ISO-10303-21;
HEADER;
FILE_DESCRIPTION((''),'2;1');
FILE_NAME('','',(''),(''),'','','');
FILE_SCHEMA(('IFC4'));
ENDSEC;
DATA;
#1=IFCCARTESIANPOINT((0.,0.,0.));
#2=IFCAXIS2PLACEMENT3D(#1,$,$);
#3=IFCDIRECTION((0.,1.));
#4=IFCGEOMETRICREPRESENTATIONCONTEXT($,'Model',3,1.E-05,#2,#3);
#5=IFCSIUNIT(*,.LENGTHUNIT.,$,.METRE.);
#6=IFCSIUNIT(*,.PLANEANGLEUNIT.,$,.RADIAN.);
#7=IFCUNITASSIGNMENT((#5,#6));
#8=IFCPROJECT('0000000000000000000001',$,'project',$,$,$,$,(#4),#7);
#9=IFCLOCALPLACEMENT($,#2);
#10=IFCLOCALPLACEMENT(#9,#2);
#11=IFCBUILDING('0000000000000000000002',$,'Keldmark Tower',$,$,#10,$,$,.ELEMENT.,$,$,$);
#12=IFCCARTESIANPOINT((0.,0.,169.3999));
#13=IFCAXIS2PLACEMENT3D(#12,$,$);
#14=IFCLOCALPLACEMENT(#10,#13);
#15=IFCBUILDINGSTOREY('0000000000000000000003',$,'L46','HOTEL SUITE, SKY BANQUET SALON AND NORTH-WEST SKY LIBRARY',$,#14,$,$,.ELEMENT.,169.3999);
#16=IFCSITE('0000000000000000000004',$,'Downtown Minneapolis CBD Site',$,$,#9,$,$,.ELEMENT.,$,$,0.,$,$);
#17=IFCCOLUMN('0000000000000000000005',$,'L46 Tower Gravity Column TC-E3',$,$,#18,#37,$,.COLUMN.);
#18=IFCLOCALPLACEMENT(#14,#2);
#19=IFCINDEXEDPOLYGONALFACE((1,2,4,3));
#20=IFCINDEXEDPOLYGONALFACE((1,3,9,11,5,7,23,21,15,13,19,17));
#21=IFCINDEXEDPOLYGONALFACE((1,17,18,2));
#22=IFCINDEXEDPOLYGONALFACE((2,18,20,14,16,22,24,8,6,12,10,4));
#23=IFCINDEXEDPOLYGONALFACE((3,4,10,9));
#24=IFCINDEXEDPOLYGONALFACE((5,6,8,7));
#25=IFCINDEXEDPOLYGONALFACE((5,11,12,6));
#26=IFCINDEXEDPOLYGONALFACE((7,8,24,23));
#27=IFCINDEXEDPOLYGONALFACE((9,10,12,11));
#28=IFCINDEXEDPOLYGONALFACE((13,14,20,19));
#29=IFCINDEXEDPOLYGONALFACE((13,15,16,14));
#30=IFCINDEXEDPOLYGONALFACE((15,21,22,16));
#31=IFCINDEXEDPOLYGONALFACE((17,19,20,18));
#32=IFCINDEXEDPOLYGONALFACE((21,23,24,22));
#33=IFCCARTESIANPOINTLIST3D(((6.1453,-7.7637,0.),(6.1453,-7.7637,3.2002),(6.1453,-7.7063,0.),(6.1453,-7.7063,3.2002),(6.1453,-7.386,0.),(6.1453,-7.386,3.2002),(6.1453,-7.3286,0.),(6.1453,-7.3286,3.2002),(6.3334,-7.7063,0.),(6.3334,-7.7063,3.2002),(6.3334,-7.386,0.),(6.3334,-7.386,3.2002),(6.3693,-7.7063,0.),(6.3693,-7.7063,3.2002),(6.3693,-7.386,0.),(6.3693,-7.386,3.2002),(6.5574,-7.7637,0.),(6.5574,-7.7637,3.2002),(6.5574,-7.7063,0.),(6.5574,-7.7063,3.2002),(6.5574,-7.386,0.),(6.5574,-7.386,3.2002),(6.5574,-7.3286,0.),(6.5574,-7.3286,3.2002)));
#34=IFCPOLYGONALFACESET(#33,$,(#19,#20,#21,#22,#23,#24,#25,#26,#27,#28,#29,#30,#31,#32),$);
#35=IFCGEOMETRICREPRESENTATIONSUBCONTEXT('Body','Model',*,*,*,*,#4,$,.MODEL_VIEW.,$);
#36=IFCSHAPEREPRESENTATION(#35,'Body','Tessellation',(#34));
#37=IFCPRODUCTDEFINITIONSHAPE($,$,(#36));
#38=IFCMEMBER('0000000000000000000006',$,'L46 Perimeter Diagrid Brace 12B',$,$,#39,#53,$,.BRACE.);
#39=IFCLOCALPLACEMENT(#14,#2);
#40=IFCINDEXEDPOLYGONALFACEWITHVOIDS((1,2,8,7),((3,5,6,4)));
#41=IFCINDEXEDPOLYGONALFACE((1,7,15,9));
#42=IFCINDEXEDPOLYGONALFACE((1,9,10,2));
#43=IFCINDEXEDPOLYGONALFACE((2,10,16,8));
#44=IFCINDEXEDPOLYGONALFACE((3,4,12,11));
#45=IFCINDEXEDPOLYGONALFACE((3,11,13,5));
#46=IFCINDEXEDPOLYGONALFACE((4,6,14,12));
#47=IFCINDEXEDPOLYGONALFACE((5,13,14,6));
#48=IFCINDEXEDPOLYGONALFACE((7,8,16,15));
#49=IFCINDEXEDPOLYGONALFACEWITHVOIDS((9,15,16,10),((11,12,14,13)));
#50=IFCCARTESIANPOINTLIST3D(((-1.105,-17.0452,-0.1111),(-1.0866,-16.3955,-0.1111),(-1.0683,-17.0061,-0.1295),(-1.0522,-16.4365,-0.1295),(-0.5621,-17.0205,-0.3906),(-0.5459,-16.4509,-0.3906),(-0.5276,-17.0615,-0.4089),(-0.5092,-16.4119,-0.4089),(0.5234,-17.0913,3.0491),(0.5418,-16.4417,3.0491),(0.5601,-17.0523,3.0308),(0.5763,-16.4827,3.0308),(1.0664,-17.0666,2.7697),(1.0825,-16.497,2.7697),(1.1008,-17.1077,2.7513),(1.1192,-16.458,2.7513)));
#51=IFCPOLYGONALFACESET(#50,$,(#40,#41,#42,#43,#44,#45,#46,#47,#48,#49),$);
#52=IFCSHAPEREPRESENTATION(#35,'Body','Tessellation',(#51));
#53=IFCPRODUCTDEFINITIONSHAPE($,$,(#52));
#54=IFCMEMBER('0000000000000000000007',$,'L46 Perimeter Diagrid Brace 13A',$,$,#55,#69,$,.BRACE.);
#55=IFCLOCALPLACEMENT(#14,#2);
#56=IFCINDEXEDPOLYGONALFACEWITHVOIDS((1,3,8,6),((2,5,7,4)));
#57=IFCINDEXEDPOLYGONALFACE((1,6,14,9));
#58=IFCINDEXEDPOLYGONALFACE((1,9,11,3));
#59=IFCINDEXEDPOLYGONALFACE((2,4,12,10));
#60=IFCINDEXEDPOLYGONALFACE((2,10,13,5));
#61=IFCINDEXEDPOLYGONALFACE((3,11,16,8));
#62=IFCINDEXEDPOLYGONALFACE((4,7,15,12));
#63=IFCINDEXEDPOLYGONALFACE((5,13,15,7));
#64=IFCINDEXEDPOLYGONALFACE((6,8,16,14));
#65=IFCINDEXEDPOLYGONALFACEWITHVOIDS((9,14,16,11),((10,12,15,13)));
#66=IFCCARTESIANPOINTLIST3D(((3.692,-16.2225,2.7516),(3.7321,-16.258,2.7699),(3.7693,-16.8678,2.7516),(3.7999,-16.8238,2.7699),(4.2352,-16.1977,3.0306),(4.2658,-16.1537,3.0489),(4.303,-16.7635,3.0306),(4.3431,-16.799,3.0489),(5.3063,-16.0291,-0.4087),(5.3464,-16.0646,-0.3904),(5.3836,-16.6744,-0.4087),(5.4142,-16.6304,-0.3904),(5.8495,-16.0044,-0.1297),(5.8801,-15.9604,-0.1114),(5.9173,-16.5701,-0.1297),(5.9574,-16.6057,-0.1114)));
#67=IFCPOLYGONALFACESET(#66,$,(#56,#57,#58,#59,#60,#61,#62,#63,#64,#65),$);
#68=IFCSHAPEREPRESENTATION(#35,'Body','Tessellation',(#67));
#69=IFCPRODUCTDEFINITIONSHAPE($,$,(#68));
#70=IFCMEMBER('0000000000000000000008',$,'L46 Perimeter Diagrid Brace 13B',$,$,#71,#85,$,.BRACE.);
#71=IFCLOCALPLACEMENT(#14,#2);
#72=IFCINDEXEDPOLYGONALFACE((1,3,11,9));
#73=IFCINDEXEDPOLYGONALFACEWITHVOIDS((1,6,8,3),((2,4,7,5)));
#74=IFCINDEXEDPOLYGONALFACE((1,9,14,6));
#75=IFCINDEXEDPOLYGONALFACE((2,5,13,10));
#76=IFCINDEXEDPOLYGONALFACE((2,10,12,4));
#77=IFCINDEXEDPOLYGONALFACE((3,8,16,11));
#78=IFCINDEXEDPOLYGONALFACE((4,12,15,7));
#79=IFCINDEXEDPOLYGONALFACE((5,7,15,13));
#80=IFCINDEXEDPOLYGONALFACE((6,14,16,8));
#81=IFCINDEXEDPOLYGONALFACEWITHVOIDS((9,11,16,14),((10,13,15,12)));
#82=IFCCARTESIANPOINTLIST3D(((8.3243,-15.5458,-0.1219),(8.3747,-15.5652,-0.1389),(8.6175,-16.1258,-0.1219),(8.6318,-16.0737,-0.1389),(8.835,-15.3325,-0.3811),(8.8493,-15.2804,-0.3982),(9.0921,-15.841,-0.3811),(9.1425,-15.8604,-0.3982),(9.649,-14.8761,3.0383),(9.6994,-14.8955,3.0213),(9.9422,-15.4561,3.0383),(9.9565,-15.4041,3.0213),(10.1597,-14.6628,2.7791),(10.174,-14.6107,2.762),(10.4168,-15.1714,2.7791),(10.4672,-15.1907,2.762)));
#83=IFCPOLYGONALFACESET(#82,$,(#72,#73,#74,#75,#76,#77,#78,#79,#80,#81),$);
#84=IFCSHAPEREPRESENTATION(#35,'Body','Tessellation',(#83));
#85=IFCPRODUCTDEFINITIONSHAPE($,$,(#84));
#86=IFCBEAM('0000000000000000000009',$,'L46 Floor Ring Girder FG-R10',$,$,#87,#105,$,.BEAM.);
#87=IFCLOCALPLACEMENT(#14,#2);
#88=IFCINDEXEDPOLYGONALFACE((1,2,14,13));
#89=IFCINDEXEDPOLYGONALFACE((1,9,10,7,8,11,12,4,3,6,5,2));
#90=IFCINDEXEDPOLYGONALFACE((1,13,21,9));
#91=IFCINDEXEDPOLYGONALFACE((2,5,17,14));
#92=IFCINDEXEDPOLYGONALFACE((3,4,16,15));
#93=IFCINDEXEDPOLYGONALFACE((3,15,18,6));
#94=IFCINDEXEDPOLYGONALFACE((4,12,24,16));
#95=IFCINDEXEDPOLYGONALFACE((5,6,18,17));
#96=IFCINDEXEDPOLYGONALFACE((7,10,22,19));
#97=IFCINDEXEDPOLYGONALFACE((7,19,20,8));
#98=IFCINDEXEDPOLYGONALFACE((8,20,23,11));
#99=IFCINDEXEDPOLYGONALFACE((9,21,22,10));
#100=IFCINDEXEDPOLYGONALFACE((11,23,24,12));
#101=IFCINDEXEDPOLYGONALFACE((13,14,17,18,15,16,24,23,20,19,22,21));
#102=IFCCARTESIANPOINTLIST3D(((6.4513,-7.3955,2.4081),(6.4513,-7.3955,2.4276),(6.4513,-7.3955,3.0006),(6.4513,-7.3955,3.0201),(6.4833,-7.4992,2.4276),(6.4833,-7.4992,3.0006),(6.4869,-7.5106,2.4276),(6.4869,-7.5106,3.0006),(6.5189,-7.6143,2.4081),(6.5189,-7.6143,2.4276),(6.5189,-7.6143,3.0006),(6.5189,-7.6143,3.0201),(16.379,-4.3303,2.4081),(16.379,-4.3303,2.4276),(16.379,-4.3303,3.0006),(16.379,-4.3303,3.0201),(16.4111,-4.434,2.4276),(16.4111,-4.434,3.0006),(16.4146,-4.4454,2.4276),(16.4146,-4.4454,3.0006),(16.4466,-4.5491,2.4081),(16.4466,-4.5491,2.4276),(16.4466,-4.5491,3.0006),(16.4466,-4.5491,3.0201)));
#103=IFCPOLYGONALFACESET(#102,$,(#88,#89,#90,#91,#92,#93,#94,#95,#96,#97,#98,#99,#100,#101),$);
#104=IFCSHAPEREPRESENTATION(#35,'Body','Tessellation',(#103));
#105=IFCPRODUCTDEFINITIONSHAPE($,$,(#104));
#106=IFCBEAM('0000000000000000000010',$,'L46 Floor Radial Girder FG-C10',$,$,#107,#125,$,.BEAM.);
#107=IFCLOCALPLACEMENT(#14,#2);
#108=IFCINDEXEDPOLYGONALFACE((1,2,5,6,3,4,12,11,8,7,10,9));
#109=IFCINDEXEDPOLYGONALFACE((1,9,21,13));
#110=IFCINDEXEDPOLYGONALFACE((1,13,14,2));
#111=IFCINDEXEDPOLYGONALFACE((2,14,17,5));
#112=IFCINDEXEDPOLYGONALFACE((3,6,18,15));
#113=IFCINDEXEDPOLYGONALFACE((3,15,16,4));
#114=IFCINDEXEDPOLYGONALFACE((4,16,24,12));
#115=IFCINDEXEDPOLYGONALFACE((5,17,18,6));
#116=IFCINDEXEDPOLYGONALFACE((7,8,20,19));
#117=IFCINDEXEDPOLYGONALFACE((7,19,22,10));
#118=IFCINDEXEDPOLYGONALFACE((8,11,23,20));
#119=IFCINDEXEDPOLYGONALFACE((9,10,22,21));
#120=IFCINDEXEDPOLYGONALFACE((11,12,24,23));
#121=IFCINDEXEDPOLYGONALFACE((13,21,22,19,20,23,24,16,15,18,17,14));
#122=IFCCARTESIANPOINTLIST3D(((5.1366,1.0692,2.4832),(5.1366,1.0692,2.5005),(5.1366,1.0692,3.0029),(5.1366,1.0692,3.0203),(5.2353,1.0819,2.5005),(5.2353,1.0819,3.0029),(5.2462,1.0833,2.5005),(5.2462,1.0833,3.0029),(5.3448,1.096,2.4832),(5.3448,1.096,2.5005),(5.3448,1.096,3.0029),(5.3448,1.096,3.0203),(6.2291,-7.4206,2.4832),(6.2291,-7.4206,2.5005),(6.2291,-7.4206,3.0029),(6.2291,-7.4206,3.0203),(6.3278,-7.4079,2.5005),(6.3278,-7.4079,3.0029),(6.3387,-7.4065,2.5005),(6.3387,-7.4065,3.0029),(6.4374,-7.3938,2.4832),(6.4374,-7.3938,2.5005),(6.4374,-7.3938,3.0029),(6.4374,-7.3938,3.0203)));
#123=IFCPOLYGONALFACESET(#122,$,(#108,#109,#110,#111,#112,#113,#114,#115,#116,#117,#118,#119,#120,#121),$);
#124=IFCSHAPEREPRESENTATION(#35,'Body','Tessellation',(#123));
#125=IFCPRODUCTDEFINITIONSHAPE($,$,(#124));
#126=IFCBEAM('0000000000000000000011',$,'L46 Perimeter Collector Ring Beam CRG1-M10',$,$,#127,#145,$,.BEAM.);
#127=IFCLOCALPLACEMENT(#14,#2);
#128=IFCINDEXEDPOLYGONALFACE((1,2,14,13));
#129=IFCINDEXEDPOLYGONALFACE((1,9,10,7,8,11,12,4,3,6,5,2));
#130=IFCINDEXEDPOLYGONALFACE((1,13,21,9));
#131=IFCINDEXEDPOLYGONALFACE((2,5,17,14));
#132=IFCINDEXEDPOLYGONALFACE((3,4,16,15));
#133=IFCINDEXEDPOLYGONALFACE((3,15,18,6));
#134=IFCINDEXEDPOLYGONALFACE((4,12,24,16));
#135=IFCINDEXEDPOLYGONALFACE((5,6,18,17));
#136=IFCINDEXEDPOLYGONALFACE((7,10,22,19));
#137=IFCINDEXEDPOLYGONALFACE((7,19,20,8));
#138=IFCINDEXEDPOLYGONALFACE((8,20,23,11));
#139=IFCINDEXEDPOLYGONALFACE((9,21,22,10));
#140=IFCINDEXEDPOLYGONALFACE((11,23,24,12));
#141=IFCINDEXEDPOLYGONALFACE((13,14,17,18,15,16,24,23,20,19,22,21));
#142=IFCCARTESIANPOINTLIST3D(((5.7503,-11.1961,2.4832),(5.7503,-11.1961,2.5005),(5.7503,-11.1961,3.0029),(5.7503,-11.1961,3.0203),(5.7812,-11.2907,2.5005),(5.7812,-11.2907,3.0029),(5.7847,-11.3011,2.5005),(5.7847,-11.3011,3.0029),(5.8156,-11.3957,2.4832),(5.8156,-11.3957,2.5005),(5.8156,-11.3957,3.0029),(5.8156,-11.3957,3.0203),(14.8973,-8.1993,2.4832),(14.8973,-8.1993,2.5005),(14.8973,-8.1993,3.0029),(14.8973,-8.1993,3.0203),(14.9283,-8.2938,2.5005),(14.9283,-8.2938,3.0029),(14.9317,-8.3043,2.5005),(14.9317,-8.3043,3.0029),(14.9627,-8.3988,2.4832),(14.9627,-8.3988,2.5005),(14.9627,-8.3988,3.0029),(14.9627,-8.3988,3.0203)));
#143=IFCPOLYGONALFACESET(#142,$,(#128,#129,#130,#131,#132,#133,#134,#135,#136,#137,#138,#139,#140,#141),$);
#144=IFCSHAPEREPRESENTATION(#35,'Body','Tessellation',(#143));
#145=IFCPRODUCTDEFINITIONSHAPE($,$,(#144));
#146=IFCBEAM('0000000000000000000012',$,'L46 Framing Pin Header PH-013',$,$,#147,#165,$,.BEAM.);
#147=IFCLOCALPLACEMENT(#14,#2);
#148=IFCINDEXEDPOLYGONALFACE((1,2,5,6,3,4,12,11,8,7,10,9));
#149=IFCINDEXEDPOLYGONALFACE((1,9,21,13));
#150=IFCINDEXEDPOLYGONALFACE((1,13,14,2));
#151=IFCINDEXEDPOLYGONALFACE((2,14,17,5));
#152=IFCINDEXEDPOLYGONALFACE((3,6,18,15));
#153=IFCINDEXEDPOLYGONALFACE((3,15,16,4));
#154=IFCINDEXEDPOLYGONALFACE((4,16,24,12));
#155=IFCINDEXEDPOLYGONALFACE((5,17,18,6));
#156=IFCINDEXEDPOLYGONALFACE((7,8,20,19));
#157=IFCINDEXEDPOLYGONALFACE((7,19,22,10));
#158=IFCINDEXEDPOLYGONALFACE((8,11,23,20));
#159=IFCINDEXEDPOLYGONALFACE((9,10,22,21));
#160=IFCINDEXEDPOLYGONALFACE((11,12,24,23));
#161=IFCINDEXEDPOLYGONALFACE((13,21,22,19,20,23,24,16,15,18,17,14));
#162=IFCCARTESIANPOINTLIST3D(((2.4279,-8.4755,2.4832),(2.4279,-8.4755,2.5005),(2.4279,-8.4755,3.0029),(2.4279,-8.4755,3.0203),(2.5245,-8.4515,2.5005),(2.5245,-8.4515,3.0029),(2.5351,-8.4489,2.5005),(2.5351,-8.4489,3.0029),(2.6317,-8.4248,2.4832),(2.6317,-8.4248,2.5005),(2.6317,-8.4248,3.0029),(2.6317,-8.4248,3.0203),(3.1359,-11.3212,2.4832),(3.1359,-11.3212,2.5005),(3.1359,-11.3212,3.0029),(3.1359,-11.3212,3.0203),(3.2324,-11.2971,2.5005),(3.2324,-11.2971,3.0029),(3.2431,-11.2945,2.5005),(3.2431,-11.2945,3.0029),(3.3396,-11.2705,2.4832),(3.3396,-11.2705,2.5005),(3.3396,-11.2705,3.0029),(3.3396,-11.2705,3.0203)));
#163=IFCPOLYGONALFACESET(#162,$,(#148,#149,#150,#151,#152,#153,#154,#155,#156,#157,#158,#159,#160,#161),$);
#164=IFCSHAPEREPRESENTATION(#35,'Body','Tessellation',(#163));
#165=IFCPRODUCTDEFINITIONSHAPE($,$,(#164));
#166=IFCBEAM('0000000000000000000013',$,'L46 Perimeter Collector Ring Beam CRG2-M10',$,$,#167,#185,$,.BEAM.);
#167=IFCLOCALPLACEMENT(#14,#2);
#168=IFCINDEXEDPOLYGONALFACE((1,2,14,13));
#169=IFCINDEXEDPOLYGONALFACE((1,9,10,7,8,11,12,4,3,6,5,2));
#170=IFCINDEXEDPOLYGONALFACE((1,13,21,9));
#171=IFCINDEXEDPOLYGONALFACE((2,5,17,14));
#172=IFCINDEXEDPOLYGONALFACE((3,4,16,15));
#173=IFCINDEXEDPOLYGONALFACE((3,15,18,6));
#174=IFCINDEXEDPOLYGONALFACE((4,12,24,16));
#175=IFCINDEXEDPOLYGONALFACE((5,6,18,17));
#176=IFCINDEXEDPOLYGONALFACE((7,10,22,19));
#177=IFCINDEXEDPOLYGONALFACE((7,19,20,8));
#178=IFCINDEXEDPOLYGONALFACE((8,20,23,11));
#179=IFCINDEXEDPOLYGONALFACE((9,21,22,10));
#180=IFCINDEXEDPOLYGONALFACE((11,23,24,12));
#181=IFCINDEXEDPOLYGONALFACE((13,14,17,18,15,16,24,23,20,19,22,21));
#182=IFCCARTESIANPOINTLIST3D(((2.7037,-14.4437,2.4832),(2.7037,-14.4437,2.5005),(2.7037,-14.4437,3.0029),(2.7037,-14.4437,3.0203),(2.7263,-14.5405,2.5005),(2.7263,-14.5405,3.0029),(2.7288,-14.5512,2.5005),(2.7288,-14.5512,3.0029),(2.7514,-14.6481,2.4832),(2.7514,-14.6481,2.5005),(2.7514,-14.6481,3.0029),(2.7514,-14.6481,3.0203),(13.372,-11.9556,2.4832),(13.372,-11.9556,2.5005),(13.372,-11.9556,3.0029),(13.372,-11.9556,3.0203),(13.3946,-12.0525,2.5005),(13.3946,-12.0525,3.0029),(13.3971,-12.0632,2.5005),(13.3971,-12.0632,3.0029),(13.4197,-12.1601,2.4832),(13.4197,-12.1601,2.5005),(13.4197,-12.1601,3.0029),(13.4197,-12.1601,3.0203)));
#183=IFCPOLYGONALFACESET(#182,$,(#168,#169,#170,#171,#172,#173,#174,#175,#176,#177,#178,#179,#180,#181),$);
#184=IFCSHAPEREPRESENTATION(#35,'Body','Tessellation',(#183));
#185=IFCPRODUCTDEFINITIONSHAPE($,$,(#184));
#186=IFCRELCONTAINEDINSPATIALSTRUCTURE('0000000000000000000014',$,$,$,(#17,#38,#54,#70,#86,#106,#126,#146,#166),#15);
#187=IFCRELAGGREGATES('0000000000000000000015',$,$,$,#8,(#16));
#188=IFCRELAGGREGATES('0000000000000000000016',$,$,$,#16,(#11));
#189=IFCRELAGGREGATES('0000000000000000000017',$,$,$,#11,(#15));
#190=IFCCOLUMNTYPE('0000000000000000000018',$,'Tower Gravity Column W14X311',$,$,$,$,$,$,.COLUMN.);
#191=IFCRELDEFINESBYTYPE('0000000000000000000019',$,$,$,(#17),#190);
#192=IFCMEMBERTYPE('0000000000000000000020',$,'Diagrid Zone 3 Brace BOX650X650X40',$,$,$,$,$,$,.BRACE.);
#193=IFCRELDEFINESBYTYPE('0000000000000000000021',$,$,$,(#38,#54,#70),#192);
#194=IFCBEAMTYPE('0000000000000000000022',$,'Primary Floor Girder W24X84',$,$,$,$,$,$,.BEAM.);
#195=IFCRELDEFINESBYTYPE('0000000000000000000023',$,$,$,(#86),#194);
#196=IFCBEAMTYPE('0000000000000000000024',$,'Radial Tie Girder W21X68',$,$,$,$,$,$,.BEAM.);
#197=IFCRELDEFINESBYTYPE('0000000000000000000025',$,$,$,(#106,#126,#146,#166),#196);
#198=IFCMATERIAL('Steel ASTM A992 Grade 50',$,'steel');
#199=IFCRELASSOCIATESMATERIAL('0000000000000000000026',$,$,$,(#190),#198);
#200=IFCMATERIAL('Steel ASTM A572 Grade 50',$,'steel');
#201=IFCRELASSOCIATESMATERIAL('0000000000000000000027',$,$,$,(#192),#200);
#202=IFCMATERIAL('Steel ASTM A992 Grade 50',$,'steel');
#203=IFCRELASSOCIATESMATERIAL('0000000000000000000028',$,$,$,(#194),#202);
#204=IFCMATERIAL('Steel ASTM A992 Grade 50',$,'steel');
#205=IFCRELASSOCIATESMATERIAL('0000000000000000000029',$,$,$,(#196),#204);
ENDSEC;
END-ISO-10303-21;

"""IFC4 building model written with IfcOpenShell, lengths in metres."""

from ifc_helpers import new_model, si_unit, direction, frame, origin, origin_2d, place, context, subcontext, project, spatial, hollow_rectangle, i_section, extrude, material, material_profile, profile_set, type_object, element, save


model = new_model("IFC4")

# Units and contexts
model_context = context("Model", 3, precision=1e-05, world=origin(), true_north=direction((0.0, 1.0)))
body_context = subcontext(model_context, "Body", "Model", "MODEL_VIEW")
ifc_project = project(units=[si_unit("LENGTHUNIT", "METRE"), si_unit("PLANEANGLEUNIT", "RADIAN")], contexts=[model_context])

# Site, building, storey
site_placement = place(None, origin())
site = spatial("IfcSite", under=ifc_project, at=site_placement, Name="Downtown Minneapolis CBD Site", CompositionType="ELEMENT", RefElevation=0.0)
building_placement = place(site_placement, origin())
building = spatial("IfcBuilding", under=site, at=building_placement, Name="Keldmark Tower", CompositionType="ELEMENT")
storey_placement = place(building_placement, frame((0.0, 0.0, 169.3999)))
storey = spatial("IfcBuildingStorey", under=building, at=storey_placement, Name="L46", Description="HOTEL SUITE, SKY BANQUET SALON AND NORTH-WEST SKY LIBRARY", CompositionType="ELEMENT", Elevation=169.3999)

# Column
ifc_material_1 = material(Name="Steel ASTM A992 Grade 50", Category="steel")
ifc_material_profile_1 = material_profile(ifc_material_1, i_section(OverallWidth=0.4121, OverallDepth=0.4351, WebThickness=0.0359, FlangeThickness=0.0574, at=origin_2d()), Name="W14X311")
ifc_profile_set_1 = profile_set([ifc_material_profile_1], Name="Steel ASTM A992 Grade 50")
column_type = type_object("IfcColumnType", Name="Tower Gravity Column W14X311", PredefinedType="COLUMN", material=ifc_profile_set_1)
column_placement = place(storey_placement, frame((6.3513, -7.5461, 0.0), z_axis=(0.0, 0.0, 1.0), x_axis=(1.0, 0.0, 0.0)))
element("IfcColumn", 1, at=column_placement, inside=storey, type_object=column_type, Name="L46 Tower Gravity Column TC-E3", PredefinedType="COLUMN", context=body_context, shape_type="SweptSolid", body=[
    extrude(i_section(OverallWidth=0.4121, OverallDepth=0.4351, WebThickness=0.0359, FlangeThickness=0.0574, at=origin_2d()), origin(), (0.0, 0.0, 1.0), 3.2002),
])

# Members
ifc_material_2 = material(Name="Steel ASTM A572 Grade 50", Category="steel")
ifc_material_profile_2 = material_profile(ifc_material_2, hollow_rectangle(XDim=0.6499, YDim=0.6499, WallThickness=0.04, at=origin_2d()), Name="BOX650X650X40")
ifc_profile_set_2 = profile_set([ifc_material_profile_2], Name="Steel ASTM A572 Grade 50")
member_type = type_object("IfcMemberType", Name="Diagrid Zone 3 Brace BOX650X650X40", PredefinedType="BRACE", material=ifc_profile_set_2)
member_1_placement = place(storey_placement, frame((-0.8071, -16.7285, -0.26), z_axis=(0.45802, -0.012978, 0.888847), x_axis=(0.028324, 0.999599, 0.0)))
element("IfcMember", 2, at=member_1_placement, inside=storey, type_object=member_type, Name="L46 Perimeter Diagrid Brace 12B", PredefinedType="BRACE", context=body_context, shape_type="SweptSolid", body=[
    extrude(hollow_rectangle(XDim=0.6499, YDim=0.6499, WallThickness=0.04, at=origin_2d()), origin(), (0.0, 0.0, 1.0), 3.5554),
])
member_2_placement = place(storey_placement, frame((5.6318, -16.3174, -0.26), z_axis=(-0.454229, -0.054409, 0.889222), x_axis=(0.118932, -0.992902, 0.0)))
element("IfcMember", 3, at=member_2_placement, inside=storey, type_object=member_type, Name="L46 Perimeter Diagrid Brace 13A", PredefinedType="BRACE", context=body_context, shape_type="SweptSolid", body=[
    extrude(hollow_rectangle(XDim=0.6499, YDim=0.6499, WallThickness=0.04, at=origin_2d()), origin(), (0.0, 0.0, 1.0), 3.554),
])
member_3_placement = place(storey_placement, frame((8.7334, -15.7031, -0.26), z_axis=(0.37942, 0.191808, 0.905125), x_axis=(-0.451157, 0.892445, 0.0)))
element("IfcMember", 4, at=member_3_placement, inside=storey, type_object=member_type, Name="L46 Perimeter Diagrid Brace 13B", PredefinedType="BRACE", context=body_context, shape_type="SweptSolid", body=[
    extrude(hollow_rectangle(XDim=0.6499, YDim=0.6499, WallThickness=0.04, at=origin_2d()), origin(), (0.0, 0.0, 1.0), 3.4915),
])

# Beams
ifc_material_3 = material(Name="Steel ASTM A992 Grade 50", Category="steel")
ifc_material_profile_3 = material_profile(ifc_material_3, i_section(OverallWidth=0.229, OverallDepth=0.6121, WebThickness=0.012, FlangeThickness=0.0195, at=origin_2d()), Name="W24X84")
ifc_profile_set_3 = profile_set([ifc_material_profile_3], Name="Steel ASTM A992 Grade 50")
beam_type_1 = type_object("IfcBeamType", Name="Primary Floor Girder W24X84", PredefinedType="BEAM", material=ifc_profile_set_3)
beam_1_placement = place(storey_placement, frame((6.4851, -7.5049, 2.7141), z_axis=(0.955495, 0.295009, 0.0), x_axis=(-0.295009, 0.955495, 0.0)))
element("IfcBeam", 5, at=beam_1_placement, inside=storey, type_object=beam_type_1, Name="L46 Floor Ring Girder FG-R10", PredefinedType="BEAM", context=body_context, shape_type="SweptSolid", body=[
    extrude(i_section(OverallWidth=0.229, OverallDepth=0.6121, WebThickness=0.012, FlangeThickness=0.0195, at=origin_2d()), origin(), (0.0, 0.0, 1.0), 10.3901),
])
ifc_material_4 = material(Name="Steel ASTM A992 Grade 50", Category="steel")
ifc_material_profile_4 = material_profile(ifc_material_4, i_section(OverallWidth=0.21, OverallDepth=0.5371, WebThickness=0.011, FlangeThickness=0.0173, at=origin_2d()), Name="W21X68")
ifc_profile_set_4 = profile_set([ifc_material_profile_4], Name="Steel ASTM A992 Grade 50")
beam_type_2 = type_object("IfcBeamType", Name="Radial Tie Girder W21X68", PredefinedType="BEAM", material=ifc_profile_set_4)
beam_2_placement = place(storey_placement, frame((6.3333, -7.4072, 2.7517), z_axis=(-0.127636, 0.991821, 0.0), x_axis=(-0.991821, -0.127636, 0.0)))
element("IfcBeam", 6, at=beam_2_placement, inside=storey, type_object=beam_type_2, Name="L46 Floor Radial Girder FG-C10", PredefinedType="BEAM", context=body_context, shape_type="SweptSolid", body=[
    extrude(i_section(OverallWidth=0.21, OverallDepth=0.5371, WebThickness=0.011, FlangeThickness=0.0173, at=origin_2d()), origin(), (0.0, 0.0, 1.0), 8.5598),
])
beam_3_placement = place(storey_placement, frame((5.783, -11.2959, 2.7517), z_axis=(0.950297, 0.311346, 0.0), x_axis=(-0.311346, 0.950297, 0.0)))
element("IfcBeam", 7, at=beam_3_placement, inside=storey, type_object=beam_type_2, Name="L46 Perimeter Collector Ring Beam CRG1-M10", PredefinedType="BEAM", context=body_context, shape_type="SweptSolid", body=[
    extrude(i_section(OverallWidth=0.21, OverallDepth=0.5371, WebThickness=0.011, FlangeThickness=0.0173, at=origin_2d()), origin(), (0.0, 0.0, 1.0), 9.6255),
])
beam_4_placement = place(storey_placement, frame((2.5298, -8.4502, 2.7517), z_axis=(0.241438, -0.970416, 0.0), x_axis=(0.970416, 0.241438, 0.0)))
element("IfcBeam", 8, at=beam_4_placement, inside=storey, type_object=beam_type_2, Name="L46 Framing Pin Header PH-013", PredefinedType="BEAM", context=body_context, shape_type="SweptSolid", body=[
    extrude(i_section(OverallWidth=0.21, OverallDepth=0.5371, WebThickness=0.011, FlangeThickness=0.0173, at=origin_2d()), origin(), (0.0, 0.0, 1.0), 2.9324),
])
beam_5_placement = place(storey_placement, frame((2.7275, -14.5459, 2.7517), z_axis=(0.973866, 0.227125, 0.0), x_axis=(-0.227125, 0.973866, 0.0)))
element("IfcBeam", 9, at=beam_5_placement, inside=storey, type_object=beam_type_2, Name="L46 Perimeter Collector Ring Beam CRG2-M10", PredefinedType="BEAM", context=body_context, shape_type="SweptSolid", body=[
    extrude(i_section(OverallWidth=0.21, OverallDepth=0.5371, WebThickness=0.011, FlangeThickness=0.0173, at=origin_2d()), origin(), (0.0, 0.0, 1.0), 10.9546),
])

save(model, "model.ifc")
